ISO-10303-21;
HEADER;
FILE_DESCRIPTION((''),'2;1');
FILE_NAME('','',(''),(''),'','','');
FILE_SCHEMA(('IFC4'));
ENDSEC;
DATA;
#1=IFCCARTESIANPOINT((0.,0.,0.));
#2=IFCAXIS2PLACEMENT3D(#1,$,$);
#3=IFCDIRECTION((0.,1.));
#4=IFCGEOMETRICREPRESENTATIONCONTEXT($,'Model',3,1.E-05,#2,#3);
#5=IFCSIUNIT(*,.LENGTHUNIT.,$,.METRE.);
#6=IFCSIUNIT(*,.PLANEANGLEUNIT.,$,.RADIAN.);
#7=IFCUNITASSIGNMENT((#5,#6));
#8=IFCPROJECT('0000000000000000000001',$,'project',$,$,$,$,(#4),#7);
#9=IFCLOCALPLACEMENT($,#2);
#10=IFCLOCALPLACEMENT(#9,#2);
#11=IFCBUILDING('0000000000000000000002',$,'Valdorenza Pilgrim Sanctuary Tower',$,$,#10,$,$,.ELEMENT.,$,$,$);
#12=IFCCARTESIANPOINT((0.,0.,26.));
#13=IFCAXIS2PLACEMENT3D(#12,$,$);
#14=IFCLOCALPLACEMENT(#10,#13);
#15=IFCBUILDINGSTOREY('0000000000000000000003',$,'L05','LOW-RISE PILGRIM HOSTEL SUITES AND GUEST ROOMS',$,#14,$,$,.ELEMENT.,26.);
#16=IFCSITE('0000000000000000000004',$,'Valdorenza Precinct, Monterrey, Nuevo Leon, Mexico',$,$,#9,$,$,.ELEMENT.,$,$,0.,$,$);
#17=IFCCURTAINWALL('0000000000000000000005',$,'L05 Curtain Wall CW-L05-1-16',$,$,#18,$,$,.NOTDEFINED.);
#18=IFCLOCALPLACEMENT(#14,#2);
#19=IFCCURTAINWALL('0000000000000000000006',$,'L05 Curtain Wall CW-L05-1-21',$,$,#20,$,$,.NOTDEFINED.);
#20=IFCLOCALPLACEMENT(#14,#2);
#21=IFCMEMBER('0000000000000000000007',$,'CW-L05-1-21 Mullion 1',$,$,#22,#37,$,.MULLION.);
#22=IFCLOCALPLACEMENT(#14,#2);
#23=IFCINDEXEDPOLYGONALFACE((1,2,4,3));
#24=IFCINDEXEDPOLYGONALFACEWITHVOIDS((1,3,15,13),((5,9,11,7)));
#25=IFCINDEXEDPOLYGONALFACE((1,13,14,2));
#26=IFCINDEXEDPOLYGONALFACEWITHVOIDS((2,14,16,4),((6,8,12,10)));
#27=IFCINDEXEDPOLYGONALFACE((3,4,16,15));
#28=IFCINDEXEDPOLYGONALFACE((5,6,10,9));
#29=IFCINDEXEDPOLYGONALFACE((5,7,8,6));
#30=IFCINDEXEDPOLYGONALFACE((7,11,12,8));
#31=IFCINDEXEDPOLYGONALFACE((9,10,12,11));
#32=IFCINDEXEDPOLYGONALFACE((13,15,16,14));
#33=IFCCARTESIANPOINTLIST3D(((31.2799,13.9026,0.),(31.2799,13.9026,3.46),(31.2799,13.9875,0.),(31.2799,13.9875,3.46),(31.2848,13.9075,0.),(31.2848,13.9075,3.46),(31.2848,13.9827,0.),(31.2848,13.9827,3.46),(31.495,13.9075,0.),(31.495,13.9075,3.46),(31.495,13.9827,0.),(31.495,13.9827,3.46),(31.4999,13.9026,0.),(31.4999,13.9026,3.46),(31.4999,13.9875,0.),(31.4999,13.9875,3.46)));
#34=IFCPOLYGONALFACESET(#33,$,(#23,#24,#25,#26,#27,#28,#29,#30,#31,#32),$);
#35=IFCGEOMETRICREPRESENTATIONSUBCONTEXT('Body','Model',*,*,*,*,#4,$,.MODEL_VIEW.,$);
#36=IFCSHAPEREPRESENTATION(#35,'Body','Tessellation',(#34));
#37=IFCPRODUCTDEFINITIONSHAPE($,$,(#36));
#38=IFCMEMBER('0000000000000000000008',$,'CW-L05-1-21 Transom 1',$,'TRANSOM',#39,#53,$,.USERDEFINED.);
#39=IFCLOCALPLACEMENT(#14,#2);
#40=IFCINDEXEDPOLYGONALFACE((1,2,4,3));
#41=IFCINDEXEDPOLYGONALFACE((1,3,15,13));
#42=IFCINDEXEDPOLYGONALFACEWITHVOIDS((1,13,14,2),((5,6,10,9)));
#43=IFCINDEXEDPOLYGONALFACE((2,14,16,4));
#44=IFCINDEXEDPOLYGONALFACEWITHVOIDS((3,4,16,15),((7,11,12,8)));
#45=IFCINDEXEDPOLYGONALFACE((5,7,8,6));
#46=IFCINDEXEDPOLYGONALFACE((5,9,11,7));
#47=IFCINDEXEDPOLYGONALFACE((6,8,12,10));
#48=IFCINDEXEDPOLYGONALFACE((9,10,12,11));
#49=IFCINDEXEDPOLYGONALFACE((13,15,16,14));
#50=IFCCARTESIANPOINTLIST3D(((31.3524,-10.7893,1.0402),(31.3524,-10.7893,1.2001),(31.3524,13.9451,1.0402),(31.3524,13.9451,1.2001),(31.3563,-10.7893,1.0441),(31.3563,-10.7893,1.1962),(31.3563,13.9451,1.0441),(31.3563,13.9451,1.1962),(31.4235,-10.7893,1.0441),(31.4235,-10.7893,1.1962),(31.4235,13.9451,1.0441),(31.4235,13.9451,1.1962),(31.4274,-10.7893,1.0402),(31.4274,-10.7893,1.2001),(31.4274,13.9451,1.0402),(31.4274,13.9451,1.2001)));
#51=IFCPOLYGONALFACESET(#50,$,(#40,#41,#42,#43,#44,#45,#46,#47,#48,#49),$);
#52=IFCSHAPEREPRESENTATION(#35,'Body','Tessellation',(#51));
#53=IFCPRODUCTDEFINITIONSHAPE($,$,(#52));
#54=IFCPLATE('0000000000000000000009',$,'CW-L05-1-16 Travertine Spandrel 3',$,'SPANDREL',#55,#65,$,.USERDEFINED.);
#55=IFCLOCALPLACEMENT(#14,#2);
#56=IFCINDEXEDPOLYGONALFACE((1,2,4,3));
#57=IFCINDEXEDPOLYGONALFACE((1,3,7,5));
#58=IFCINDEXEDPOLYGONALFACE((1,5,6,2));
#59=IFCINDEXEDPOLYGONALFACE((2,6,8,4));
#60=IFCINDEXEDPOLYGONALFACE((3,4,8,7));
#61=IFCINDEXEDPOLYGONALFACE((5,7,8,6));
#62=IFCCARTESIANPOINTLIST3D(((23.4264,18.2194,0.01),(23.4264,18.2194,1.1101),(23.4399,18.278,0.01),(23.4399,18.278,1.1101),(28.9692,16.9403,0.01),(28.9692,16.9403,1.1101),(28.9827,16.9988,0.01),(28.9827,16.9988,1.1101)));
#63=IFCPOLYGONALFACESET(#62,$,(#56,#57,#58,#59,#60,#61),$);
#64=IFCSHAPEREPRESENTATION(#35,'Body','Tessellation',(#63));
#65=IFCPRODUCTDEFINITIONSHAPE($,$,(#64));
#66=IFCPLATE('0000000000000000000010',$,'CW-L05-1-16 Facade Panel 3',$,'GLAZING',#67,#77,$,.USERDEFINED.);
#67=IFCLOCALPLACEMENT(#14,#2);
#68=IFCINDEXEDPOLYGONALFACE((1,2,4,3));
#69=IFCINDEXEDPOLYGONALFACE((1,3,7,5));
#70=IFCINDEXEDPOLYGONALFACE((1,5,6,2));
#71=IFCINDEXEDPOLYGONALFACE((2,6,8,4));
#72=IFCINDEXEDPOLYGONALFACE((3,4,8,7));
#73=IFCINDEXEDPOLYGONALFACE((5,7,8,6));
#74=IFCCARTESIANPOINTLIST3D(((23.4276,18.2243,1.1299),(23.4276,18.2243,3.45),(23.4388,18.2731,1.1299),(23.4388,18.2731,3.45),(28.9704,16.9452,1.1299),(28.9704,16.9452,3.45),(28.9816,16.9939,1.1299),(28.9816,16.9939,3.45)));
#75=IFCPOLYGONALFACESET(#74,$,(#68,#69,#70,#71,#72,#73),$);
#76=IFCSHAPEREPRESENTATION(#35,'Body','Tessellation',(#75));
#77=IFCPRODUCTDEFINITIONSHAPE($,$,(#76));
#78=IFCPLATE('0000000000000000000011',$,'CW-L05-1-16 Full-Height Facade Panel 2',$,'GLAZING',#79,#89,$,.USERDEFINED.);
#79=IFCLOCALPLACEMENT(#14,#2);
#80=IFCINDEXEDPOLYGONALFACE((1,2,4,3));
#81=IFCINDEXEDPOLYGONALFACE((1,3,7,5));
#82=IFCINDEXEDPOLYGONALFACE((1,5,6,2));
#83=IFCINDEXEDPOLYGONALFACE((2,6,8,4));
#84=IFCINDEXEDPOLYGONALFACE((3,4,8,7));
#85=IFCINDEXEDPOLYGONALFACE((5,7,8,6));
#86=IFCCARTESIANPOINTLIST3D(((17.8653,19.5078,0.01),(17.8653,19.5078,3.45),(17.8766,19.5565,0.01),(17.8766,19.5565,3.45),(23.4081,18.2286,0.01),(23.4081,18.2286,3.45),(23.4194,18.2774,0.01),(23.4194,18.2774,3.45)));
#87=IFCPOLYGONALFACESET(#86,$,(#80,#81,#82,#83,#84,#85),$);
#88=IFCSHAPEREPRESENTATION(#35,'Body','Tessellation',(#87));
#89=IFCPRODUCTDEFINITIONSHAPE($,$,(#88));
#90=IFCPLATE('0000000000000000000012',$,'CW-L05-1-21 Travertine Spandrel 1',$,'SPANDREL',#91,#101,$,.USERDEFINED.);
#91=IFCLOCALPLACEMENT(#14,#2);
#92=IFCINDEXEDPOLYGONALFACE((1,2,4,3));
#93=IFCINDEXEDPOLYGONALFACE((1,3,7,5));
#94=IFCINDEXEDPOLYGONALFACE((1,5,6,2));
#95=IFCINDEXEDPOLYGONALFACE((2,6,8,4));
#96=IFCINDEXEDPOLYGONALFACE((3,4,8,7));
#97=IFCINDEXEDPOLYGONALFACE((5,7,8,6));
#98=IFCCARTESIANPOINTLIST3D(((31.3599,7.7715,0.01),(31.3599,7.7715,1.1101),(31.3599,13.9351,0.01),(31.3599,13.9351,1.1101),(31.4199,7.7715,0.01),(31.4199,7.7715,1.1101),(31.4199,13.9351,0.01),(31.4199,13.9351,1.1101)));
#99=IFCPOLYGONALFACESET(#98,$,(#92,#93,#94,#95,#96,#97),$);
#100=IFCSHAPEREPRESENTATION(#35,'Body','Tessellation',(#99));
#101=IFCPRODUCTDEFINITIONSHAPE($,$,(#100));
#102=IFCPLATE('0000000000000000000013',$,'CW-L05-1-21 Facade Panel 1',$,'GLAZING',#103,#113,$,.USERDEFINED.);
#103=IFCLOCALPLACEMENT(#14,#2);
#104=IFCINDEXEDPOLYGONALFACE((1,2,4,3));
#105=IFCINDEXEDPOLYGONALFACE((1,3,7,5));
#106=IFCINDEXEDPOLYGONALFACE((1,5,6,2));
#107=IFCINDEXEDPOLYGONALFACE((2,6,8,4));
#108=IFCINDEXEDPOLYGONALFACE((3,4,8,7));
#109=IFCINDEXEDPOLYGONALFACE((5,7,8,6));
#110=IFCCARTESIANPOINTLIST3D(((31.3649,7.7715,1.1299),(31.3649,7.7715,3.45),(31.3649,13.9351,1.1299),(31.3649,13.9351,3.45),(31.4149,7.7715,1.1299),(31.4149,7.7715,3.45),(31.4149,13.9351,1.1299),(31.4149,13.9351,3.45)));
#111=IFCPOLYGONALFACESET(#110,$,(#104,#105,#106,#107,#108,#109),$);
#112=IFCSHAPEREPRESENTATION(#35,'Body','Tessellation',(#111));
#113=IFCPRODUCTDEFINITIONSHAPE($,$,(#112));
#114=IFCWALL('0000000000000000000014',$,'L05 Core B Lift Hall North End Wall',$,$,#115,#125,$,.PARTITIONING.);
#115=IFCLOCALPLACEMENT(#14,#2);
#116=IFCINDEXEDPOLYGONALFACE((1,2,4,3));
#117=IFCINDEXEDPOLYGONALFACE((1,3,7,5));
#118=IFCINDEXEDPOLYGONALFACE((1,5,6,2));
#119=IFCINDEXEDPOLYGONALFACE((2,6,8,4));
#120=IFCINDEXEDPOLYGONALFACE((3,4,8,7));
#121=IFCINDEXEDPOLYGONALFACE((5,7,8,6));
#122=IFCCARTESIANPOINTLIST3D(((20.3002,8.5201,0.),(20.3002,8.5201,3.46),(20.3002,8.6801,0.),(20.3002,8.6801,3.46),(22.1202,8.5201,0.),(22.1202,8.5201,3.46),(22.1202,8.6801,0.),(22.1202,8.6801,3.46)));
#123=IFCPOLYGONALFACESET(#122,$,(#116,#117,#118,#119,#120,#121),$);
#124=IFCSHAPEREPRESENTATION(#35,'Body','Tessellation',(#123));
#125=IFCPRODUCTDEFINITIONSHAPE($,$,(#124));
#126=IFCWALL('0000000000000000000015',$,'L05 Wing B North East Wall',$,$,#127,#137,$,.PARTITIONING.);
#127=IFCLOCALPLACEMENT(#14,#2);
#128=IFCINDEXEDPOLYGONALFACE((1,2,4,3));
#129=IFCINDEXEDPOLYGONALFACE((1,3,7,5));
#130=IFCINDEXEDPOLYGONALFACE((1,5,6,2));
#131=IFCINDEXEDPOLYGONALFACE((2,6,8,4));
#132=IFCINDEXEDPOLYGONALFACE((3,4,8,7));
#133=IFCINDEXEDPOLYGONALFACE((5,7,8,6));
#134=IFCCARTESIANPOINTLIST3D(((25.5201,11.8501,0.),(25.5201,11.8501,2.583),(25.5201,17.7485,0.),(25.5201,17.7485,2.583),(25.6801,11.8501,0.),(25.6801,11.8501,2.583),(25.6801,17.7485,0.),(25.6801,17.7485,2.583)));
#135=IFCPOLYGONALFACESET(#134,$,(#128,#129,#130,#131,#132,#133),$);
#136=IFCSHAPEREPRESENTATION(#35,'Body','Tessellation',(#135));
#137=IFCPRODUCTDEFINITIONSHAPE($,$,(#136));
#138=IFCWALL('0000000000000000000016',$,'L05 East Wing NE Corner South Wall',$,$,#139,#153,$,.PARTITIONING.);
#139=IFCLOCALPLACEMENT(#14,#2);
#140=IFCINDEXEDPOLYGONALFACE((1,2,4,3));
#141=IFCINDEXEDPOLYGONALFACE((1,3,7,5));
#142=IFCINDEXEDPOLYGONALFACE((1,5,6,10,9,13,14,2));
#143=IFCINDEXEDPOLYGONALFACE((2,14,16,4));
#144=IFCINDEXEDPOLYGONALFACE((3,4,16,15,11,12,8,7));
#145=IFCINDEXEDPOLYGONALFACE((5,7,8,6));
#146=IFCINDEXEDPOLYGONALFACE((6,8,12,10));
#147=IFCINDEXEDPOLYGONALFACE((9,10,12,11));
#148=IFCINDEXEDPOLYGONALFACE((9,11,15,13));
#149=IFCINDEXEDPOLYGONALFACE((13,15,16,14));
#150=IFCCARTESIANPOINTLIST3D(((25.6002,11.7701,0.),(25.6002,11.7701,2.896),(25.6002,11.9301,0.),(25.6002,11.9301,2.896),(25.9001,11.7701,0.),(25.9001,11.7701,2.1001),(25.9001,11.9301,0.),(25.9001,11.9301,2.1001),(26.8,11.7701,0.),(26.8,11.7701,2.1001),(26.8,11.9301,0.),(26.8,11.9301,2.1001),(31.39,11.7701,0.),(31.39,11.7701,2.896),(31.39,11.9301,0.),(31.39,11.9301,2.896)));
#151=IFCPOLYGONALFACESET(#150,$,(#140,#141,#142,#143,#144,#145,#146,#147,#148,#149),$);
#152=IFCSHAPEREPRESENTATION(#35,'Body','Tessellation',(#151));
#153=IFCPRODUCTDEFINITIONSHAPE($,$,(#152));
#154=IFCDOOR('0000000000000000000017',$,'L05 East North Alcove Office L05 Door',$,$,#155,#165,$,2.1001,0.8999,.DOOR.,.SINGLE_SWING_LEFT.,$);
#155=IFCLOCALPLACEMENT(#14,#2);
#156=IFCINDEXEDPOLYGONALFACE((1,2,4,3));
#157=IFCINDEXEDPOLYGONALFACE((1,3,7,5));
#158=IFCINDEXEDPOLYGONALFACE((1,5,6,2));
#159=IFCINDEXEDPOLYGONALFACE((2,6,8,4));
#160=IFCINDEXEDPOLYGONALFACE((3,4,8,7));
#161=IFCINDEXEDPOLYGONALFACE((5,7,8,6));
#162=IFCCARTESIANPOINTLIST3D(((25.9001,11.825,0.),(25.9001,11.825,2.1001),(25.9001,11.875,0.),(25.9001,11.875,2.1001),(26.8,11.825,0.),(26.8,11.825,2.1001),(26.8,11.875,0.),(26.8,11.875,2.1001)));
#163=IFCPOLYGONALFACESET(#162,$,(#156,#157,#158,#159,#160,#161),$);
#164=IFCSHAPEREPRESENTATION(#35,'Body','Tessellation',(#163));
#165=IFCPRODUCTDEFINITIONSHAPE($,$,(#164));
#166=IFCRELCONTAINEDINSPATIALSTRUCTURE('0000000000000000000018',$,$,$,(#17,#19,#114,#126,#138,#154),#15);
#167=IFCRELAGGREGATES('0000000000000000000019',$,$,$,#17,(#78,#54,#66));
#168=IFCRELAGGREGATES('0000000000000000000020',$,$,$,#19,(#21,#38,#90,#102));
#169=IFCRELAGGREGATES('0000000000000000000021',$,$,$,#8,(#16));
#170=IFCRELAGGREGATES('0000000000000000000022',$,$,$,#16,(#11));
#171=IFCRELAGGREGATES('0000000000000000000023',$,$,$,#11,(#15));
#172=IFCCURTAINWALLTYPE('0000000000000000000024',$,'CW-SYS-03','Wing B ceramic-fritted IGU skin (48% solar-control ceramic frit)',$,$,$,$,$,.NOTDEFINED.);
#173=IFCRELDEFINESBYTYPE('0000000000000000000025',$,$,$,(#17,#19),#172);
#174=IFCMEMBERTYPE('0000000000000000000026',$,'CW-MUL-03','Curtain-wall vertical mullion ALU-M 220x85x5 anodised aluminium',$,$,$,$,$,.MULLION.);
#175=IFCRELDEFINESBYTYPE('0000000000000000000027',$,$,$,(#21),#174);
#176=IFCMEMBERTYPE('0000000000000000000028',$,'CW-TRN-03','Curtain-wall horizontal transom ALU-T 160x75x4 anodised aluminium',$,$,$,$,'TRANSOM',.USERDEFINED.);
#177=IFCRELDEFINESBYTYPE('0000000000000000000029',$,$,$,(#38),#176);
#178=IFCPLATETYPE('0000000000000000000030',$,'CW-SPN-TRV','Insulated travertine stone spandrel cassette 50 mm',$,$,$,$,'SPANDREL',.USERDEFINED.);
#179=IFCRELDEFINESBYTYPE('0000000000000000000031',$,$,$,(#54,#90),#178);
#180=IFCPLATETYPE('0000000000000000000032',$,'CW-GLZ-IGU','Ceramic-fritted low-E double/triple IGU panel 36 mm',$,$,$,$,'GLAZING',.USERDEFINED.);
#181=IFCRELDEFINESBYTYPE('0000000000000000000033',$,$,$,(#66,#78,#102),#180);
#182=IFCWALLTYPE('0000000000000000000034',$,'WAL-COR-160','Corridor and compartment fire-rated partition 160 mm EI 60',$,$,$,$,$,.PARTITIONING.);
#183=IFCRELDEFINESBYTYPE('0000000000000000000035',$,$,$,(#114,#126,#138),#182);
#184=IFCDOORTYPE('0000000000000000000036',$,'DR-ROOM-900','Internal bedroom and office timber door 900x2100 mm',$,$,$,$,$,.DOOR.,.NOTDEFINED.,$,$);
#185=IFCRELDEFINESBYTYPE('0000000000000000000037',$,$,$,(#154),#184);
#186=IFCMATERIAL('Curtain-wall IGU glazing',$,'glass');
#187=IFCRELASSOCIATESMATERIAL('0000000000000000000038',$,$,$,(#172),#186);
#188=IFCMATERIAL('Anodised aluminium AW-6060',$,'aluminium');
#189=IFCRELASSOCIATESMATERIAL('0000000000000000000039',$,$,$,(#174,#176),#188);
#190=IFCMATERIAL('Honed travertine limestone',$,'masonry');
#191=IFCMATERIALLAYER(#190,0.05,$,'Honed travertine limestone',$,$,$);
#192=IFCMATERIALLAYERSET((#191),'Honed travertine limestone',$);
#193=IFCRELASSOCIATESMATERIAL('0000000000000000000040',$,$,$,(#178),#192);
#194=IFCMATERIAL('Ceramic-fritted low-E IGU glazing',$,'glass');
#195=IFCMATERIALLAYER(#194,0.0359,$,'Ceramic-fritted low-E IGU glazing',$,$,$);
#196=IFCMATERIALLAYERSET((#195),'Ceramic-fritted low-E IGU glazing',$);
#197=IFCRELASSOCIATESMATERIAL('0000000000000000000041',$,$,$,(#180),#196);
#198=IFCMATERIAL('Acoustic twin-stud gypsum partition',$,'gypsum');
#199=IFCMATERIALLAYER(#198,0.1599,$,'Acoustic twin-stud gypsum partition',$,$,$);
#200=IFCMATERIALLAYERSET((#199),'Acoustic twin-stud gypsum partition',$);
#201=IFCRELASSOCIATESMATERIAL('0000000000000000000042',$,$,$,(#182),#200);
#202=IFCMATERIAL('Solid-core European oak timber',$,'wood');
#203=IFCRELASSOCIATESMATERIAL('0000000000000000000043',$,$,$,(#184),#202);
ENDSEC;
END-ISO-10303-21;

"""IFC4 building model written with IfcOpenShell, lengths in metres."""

from ifc_helpers import new_model, si_unit, direction, frame, frame_2d, origin, origin_2d, place, context, subcontext, project, spatial, rectangle, hollow_rectangle, extrude, source, transform, mapped, material, layer, layer_set, material_profile, profile_set, type_object, element, fill, aggregate, save


model = new_model("IFC4")

# Units and contexts
model_context = context("Model", 3, precision=1e-05, world=origin(), true_north=direction((0.0, 1.0)))
body_context = subcontext(model_context, "Body", "Model", "MODEL_VIEW")
ifc_project = project(units=[si_unit("LENGTHUNIT", "METRE"), si_unit("PLANEANGLEUNIT", "RADIAN")], contexts=[model_context])

# Site, building, storey
site_placement = place(None, origin())
site = spatial("IfcSite", under=ifc_project, at=site_placement, Name="Valdorenza Precinct, Monterrey, Nuevo Leon, Mexico", CompositionType="ELEMENT", RefElevation=0.0)
building_placement = place(site_placement, origin())
building = spatial("IfcBuilding", under=site, at=building_placement, Name="Valdorenza Pilgrim Sanctuary Tower", CompositionType="ELEMENT")
storey_placement = place(building_placement, frame((0.0, 0.0, 26.0)))
storey = spatial("IfcBuildingStorey", under=building, at=storey_placement, Name="L05", Description="LOW-RISE PILGRIM HOSTEL SUITES AND GUEST ROOMS", CompositionType="ELEMENT", Elevation=26.0)

# Curtain walls, members
ifc_material_1 = material(Name="Curtain-wall IGU glazing", Category="glass")
curtain_wall_type = type_object("IfcCurtainWallType", Name="CW-SYS-03", Description="Wing B ceramic-fritted IGU skin (48% solar-control ceramic frit)", PredefinedType="NOTDEFINED", material=ifc_material_1)
curtain_wall_1_placement = place(storey_placement, origin())
curtain_wall_1 = element("IfcCurtainWall", 1, at=curtain_wall_1_placement, inside=storey, type_object=curtain_wall_type, Name="L05 Curtain Wall CW-L05-1-16", PredefinedType="NOTDEFINED")
ifc_material_2 = material(Name="Anodised aluminium AW-6060", Category="aluminium")
ifc_material_profile_1 = material_profile(ifc_material_2, hollow_rectangle(XDim=0.085, YDim=0.22, WallThickness=0.0049, at=origin_2d()), Name="ALU-M 220x85x5")
ifc_profile_set_1 = profile_set([ifc_material_profile_1], Name="Anodised aluminium AW-6060")
member_type_1 = type_object("IfcMemberType", Name="CW-MUL-03", Description="Curtain-wall vertical mullion ALU-M 220x85x5 anodised aluminium", PredefinedType="MULLION", material=ifc_profile_set_1)
shared_shape_1 = source(origin(), body_context, "Body", "SweptSolid", [
    extrude(hollow_rectangle(XDim=0.085, YDim=0.22, WallThickness=0.0049, at=origin_2d()), origin(), (0.0, 0.0, 1.0), 3.46),
])
curtain_wall_2_placement = place(storey_placement, origin())
curtain_wall_2 = element("IfcCurtainWall", 2, at=curtain_wall_2_placement, inside=storey, type_object=curtain_wall_type, Name="L05 Curtain Wall CW-L05-1-21", PredefinedType="NOTDEFINED")
member_1_placement = place(storey_placement, frame((31.3899, 13.9451, 0.0), z_axis=(0.0, 0.0, 1.0), x_axis=(0.0, -1.0, 0.0)))
member_1 = element("IfcMember", 3, at=member_1_placement, type_object=member_type_1, Name="CW-L05-1-21 Mullion 1", PredefinedType="MULLION", context=body_context, shape_type="MappedRepresentation", body=[
    mapped(shared_shape_1, transform((0.0, 0.0, 0.0), x_axis=(1.0, 0.0, 0.0), y_axis=(0.0, 1.0, 0.0), z_axis=(0.0, 0.0, 1.0), scale=1.0)),
])
ifc_material_profile_2 = material_profile(ifc_material_2, hollow_rectangle(XDim=0.075, YDim=0.1599, WallThickness=0.0039, at=origin_2d()), Name="ALU-T 160x75x4")
ifc_profile_set_2 = profile_set([ifc_material_profile_2], Name="Anodised aluminium AW-6060")
member_type_2 = type_object("IfcMemberType", Name="CW-TRN-03", Description="Curtain-wall horizontal transom ALU-T 160x75x4 anodised aluminium", ElementType="TRANSOM", PredefinedType="USERDEFINED", material=ifc_profile_set_2)
shared_shape_2 = source(origin(), body_context, "Body", "SweptSolid", [
    extrude(hollow_rectangle(XDim=0.075, YDim=0.1599, WallThickness=0.0039, at=origin_2d()), origin(), (0.0, 0.0, 1.0), 24.7344),
])
member_2_placement = place(storey_placement, frame((31.3899, 13.9451, 1.1201), z_axis=(0.0, -1.0, 0.0), x_axis=(1.0, 0.0, 0.0)))
member_2 = element("IfcMember", 4, at=member_2_placement, type_object=member_type_2, Name="CW-L05-1-21 Transom 1", ObjectType="TRANSOM", PredefinedType="USERDEFINED", context=body_context, shape_type="MappedRepresentation", body=[
    mapped(shared_shape_2, transform((0.0, 0.0, 0.0), x_axis=(1.0, 0.0, 0.0), y_axis=(0.0, 1.0, 0.0), z_axis=(0.0, 0.0, 1.0), scale=1.0)),
])

# Plates
ifc_material_3 = material(Name="Honed travertine limestone", Category="masonry")
ifc_layer_1 = layer(ifc_material_3, 0.05, Name="Honed travertine limestone")
ifc_layer_set_1 = layer_set([ifc_layer_1], Name="Honed travertine limestone")
plate_type_1 = type_object("IfcPlateType", Name="CW-SPN-TRV", Description="Insulated travertine stone spandrel cassette 50 mm", ElementType="SPANDREL", PredefinedType="USERDEFINED", material=ifc_layer_set_1)
shared_shape_3 = source(origin(), body_context, "Body", "SweptSolid", [
    extrude(rectangle(XDim=5.6885, YDim=0.0601, at=origin_2d()), origin(), (0.0, 0.0, 1.0), 1.1001),
])
plate_1_placement = place(storey_placement, frame((26.2046, 17.6091, 0.01), z_axis=(0.0, 0.0, 1.0), x_axis=(0.97439, -0.224866, 0.0)))
plate_1 = element("IfcPlate", 5, at=plate_1_placement, type_object=plate_type_1, Name="CW-L05-1-16 Travertine Spandrel 3", ObjectType="SPANDREL", PredefinedType="USERDEFINED", context=body_context, shape_type="MappedRepresentation", body=[
    mapped(shared_shape_3, transform((0.0, 0.0, 0.0), x_axis=(1.0, 0.0, 0.0), y_axis=(0.0, 1.0, 0.0), z_axis=(0.0, 0.0, 1.0), scale=1.0)),
])
ifc_material_4 = material(Name="Ceramic-fritted low-E IGU glazing", Category="glass")
ifc_layer_2 = layer(ifc_material_4, 0.0359, Name="Ceramic-fritted low-E IGU glazing")
ifc_layer_set_2 = layer_set([ifc_layer_2], Name="Ceramic-fritted low-E IGU glazing")
plate_type_2 = type_object("IfcPlateType", Name="CW-GLZ-IGU", Description="Ceramic-fritted low-E double/triple IGU panel 36 mm", ElementType="GLAZING", PredefinedType="USERDEFINED", material=ifc_layer_set_2)
shared_shape_4 = source(origin(), body_context, "Body", "SweptSolid", [
    extrude(rectangle(XDim=5.6885, YDim=0.05, at=origin_2d()), origin(), (0.0, 0.0, 1.0), 2.3201),
])
plate_2_placement = place(storey_placement, frame((26.2046, 17.6091, 1.1299), z_axis=(0.0, 0.0, 1.0), x_axis=(0.97439, -0.224866, 0.0)))
plate_2 = element("IfcPlate", 6, at=plate_2_placement, type_object=plate_type_2, Name="CW-L05-1-16 Facade Panel 3", ObjectType="GLAZING", PredefinedType="USERDEFINED", context=body_context, shape_type="MappedRepresentation", body=[
    mapped(shared_shape_4, transform((0.0, 0.0, 0.0), x_axis=(1.0, 0.0, 0.0), y_axis=(0.0, 1.0, 0.0), z_axis=(0.0, 0.0, 1.0), scale=1.0)),
])
shared_shape_5 = source(origin(), body_context, "Body", "SweptSolid", [
    extrude(rectangle(XDim=5.6885, YDim=0.05, at=origin_2d()), origin(), (0.0, 0.0, 1.0), 3.4399),
])
plate_3_placement = place(storey_placement, frame((20.6423, 18.8926, 0.01), z_axis=(0.0, 0.0, 1.0), x_axis=(0.97439, -0.224866, 0.0)))
plate_3 = element("IfcPlate", 7, at=plate_3_placement, type_object=plate_type_2, Name="CW-L05-1-16 Full-Height Facade Panel 2", ObjectType="GLAZING", PredefinedType="USERDEFINED", context=body_context, shape_type="MappedRepresentation", body=[
    mapped(shared_shape_5, transform((0.0, 0.0, 0.0), x_axis=(1.0, 0.0, 0.0), y_axis=(0.0, 1.0, 0.0), z_axis=(0.0, 0.0, 1.0), scale=1.0)),
])
aggregate(curtain_wall_1, [plate_3, plate_1, plate_2])
shared_shape_6 = source(origin(), body_context, "Body", "SweptSolid", [
    extrude(rectangle(XDim=6.1636, YDim=0.0601, at=origin_2d()), origin(), (0.0, 0.0, 1.0), 1.1001),
])
plate_4_placement = place(storey_placement, frame((31.3899, 10.8533, 0.01), z_axis=(0.0, 0.0, 1.0), x_axis=(0.0, -1.0, 0.0)))
plate_4 = element("IfcPlate", 8, at=plate_4_placement, type_object=plate_type_1, Name="CW-L05-1-21 Travertine Spandrel 1", ObjectType="SPANDREL", PredefinedType="USERDEFINED", context=body_context, shape_type="MappedRepresentation", body=[
    mapped(shared_shape_6, transform((0.0, 0.0, 0.0), x_axis=(1.0, 0.0, 0.0), y_axis=(0.0, 1.0, 0.0), z_axis=(0.0, 0.0, 1.0), scale=1.0)),
])
shared_shape_7 = source(origin(), body_context, "Body", "SweptSolid", [
    extrude(rectangle(XDim=6.1636, YDim=0.05, at=origin_2d()), origin(), (0.0, 0.0, 1.0), 2.3201),
])
plate_5_placement = place(storey_placement, frame((31.3899, 10.8533, 1.1299), z_axis=(0.0, 0.0, 1.0), x_axis=(0.0, -1.0, 0.0)))
plate_5 = element("IfcPlate", 9, at=plate_5_placement, type_object=plate_type_2, Name="CW-L05-1-21 Facade Panel 1", ObjectType="GLAZING", PredefinedType="USERDEFINED", context=body_context, shape_type="MappedRepresentation", body=[
    mapped(shared_shape_7, transform((0.0, 0.0, 0.0), x_axis=(1.0, 0.0, 0.0), y_axis=(0.0, 1.0, 0.0), z_axis=(0.0, 0.0, 1.0), scale=1.0)),
])
aggregate(curtain_wall_2, [member_1, member_2, plate_4, plate_5])

# Walls
ifc_material_5 = material(Name="Acoustic twin-stud gypsum partition", Category="gypsum")
ifc_layer_3 = layer(ifc_material_5, 0.1599, Name="Acoustic twin-stud gypsum partition")
ifc_layer_set_3 = layer_set([ifc_layer_3], Name="Acoustic twin-stud gypsum partition")
wall_type_1 = type_object("IfcWallType", Name="WAL-COR-160", Description="Corridor and compartment fire-rated partition 160 mm EI 60", PredefinedType="PARTITIONING", material=ifc_layer_set_3)
wall_1_placement = place(storey_placement, frame((20.3, 8.6001, 0.0), z_axis=(0.0, 0.0, 1.0), x_axis=(1.0, 0.0, 0.0)))
element("IfcWall", 10, at=wall_1_placement, inside=storey, type_object=wall_type_1, Name="L05 Core B Lift Hall North End Wall", PredefinedType="PARTITIONING", context=body_context, shape_type="SweptSolid", body=[
    extrude(rectangle(XDim=1.8201, YDim=0.1599, at=frame_2d((0.9102, 0.0))), origin(), (0.0, 0.0, 1.0), 3.46),
])
wall_2_placement = place(storey_placement, frame((25.6001, 11.8501, 0.0), z_axis=(0.0, 0.0, 1.0), x_axis=(0.0, 1.0, 0.0)))
element("IfcWall", 11, at=wall_2_placement, inside=storey, type_object=wall_type_1, Name="L05 Wing B North East Wall", PredefinedType="PARTITIONING", context=body_context, shape_type="SweptSolid", body=[
    extrude(rectangle(XDim=5.8984, YDim=0.1599, at=frame_2d((2.9492, 0.0))), origin(), (0.0, 0.0, 1.0), 2.583),
])

# Wall, opening, door
wall_3_placement = place(storey_placement, frame((25.6001, 11.8501, 0.0), z_axis=(0.0, 0.0, 1.0), x_axis=(1.0, 0.0, 0.0)))
wall_3 = element("IfcWall", 12, at=wall_3_placement, inside=storey, type_object=wall_type_1, Name="L05 East Wing NE Corner South Wall", PredefinedType="PARTITIONING", context=body_context, shape_type="SweptSolid", body=[
    extrude(rectangle(XDim=5.7898, YDim=0.1599, at=frame_2d((2.895, 0.0))), origin(), (0.0, 0.0, 1.0), 2.896),
])
opening_1_placement = place(wall_3_placement, frame((0.3, 0.0, 0.0)))
opening_1 = element("IfcOpeningElement", 13, at=opening_1_placement, cuts=wall_3, PredefinedType="OPENING", context=body_context, shape_type="SweptSolid", body=[
    extrude(rectangle(XDim=0.8999, YDim=2.1001, at=frame_2d((0.45, 1.05))), frame((0.0, 0.0947, 0.0), z_axis=(0.0, -1.0, 0.0), x_axis=(1.0, 0.0, 0.0)), (0.0, 0.0, 1.0), 0.1897),
])
ifc_material_6 = material(Name="Solid-core European oak timber", Category="wood")
door_type_1 = type_object("IfcDoorType", Name="DR-ROOM-900", Description="Internal bedroom and office timber door 900x2100 mm", OperationType="NOTDEFINED", PredefinedType="DOOR", material=ifc_material_6)
door_1_placement = place(opening_1_placement, origin())
door_1 = element("IfcDoor", 14, at=door_1_placement, inside=storey, type_object=door_type_1, Name="L05 East North Alcove Office L05 Door", OperationType="SINGLE_SWING_LEFT", OverallHeight=2.1001, OverallWidth=0.8999, PredefinedType="DOOR", context=body_context, shape_type="SweptSolid", body=[
    extrude(rectangle(XDim=0.8999, YDim=2.1001, at=frame_2d((0.45, 1.05))), frame((0.0, 0.0249, 0.0), z_axis=(0.0, -1.0, 0.0), x_axis=(1.0, 0.0, 0.0)), (0.0, 0.0, 1.0), 0.05),
])
fill(opening_1, door_1)

save(model, "model.ifc")
